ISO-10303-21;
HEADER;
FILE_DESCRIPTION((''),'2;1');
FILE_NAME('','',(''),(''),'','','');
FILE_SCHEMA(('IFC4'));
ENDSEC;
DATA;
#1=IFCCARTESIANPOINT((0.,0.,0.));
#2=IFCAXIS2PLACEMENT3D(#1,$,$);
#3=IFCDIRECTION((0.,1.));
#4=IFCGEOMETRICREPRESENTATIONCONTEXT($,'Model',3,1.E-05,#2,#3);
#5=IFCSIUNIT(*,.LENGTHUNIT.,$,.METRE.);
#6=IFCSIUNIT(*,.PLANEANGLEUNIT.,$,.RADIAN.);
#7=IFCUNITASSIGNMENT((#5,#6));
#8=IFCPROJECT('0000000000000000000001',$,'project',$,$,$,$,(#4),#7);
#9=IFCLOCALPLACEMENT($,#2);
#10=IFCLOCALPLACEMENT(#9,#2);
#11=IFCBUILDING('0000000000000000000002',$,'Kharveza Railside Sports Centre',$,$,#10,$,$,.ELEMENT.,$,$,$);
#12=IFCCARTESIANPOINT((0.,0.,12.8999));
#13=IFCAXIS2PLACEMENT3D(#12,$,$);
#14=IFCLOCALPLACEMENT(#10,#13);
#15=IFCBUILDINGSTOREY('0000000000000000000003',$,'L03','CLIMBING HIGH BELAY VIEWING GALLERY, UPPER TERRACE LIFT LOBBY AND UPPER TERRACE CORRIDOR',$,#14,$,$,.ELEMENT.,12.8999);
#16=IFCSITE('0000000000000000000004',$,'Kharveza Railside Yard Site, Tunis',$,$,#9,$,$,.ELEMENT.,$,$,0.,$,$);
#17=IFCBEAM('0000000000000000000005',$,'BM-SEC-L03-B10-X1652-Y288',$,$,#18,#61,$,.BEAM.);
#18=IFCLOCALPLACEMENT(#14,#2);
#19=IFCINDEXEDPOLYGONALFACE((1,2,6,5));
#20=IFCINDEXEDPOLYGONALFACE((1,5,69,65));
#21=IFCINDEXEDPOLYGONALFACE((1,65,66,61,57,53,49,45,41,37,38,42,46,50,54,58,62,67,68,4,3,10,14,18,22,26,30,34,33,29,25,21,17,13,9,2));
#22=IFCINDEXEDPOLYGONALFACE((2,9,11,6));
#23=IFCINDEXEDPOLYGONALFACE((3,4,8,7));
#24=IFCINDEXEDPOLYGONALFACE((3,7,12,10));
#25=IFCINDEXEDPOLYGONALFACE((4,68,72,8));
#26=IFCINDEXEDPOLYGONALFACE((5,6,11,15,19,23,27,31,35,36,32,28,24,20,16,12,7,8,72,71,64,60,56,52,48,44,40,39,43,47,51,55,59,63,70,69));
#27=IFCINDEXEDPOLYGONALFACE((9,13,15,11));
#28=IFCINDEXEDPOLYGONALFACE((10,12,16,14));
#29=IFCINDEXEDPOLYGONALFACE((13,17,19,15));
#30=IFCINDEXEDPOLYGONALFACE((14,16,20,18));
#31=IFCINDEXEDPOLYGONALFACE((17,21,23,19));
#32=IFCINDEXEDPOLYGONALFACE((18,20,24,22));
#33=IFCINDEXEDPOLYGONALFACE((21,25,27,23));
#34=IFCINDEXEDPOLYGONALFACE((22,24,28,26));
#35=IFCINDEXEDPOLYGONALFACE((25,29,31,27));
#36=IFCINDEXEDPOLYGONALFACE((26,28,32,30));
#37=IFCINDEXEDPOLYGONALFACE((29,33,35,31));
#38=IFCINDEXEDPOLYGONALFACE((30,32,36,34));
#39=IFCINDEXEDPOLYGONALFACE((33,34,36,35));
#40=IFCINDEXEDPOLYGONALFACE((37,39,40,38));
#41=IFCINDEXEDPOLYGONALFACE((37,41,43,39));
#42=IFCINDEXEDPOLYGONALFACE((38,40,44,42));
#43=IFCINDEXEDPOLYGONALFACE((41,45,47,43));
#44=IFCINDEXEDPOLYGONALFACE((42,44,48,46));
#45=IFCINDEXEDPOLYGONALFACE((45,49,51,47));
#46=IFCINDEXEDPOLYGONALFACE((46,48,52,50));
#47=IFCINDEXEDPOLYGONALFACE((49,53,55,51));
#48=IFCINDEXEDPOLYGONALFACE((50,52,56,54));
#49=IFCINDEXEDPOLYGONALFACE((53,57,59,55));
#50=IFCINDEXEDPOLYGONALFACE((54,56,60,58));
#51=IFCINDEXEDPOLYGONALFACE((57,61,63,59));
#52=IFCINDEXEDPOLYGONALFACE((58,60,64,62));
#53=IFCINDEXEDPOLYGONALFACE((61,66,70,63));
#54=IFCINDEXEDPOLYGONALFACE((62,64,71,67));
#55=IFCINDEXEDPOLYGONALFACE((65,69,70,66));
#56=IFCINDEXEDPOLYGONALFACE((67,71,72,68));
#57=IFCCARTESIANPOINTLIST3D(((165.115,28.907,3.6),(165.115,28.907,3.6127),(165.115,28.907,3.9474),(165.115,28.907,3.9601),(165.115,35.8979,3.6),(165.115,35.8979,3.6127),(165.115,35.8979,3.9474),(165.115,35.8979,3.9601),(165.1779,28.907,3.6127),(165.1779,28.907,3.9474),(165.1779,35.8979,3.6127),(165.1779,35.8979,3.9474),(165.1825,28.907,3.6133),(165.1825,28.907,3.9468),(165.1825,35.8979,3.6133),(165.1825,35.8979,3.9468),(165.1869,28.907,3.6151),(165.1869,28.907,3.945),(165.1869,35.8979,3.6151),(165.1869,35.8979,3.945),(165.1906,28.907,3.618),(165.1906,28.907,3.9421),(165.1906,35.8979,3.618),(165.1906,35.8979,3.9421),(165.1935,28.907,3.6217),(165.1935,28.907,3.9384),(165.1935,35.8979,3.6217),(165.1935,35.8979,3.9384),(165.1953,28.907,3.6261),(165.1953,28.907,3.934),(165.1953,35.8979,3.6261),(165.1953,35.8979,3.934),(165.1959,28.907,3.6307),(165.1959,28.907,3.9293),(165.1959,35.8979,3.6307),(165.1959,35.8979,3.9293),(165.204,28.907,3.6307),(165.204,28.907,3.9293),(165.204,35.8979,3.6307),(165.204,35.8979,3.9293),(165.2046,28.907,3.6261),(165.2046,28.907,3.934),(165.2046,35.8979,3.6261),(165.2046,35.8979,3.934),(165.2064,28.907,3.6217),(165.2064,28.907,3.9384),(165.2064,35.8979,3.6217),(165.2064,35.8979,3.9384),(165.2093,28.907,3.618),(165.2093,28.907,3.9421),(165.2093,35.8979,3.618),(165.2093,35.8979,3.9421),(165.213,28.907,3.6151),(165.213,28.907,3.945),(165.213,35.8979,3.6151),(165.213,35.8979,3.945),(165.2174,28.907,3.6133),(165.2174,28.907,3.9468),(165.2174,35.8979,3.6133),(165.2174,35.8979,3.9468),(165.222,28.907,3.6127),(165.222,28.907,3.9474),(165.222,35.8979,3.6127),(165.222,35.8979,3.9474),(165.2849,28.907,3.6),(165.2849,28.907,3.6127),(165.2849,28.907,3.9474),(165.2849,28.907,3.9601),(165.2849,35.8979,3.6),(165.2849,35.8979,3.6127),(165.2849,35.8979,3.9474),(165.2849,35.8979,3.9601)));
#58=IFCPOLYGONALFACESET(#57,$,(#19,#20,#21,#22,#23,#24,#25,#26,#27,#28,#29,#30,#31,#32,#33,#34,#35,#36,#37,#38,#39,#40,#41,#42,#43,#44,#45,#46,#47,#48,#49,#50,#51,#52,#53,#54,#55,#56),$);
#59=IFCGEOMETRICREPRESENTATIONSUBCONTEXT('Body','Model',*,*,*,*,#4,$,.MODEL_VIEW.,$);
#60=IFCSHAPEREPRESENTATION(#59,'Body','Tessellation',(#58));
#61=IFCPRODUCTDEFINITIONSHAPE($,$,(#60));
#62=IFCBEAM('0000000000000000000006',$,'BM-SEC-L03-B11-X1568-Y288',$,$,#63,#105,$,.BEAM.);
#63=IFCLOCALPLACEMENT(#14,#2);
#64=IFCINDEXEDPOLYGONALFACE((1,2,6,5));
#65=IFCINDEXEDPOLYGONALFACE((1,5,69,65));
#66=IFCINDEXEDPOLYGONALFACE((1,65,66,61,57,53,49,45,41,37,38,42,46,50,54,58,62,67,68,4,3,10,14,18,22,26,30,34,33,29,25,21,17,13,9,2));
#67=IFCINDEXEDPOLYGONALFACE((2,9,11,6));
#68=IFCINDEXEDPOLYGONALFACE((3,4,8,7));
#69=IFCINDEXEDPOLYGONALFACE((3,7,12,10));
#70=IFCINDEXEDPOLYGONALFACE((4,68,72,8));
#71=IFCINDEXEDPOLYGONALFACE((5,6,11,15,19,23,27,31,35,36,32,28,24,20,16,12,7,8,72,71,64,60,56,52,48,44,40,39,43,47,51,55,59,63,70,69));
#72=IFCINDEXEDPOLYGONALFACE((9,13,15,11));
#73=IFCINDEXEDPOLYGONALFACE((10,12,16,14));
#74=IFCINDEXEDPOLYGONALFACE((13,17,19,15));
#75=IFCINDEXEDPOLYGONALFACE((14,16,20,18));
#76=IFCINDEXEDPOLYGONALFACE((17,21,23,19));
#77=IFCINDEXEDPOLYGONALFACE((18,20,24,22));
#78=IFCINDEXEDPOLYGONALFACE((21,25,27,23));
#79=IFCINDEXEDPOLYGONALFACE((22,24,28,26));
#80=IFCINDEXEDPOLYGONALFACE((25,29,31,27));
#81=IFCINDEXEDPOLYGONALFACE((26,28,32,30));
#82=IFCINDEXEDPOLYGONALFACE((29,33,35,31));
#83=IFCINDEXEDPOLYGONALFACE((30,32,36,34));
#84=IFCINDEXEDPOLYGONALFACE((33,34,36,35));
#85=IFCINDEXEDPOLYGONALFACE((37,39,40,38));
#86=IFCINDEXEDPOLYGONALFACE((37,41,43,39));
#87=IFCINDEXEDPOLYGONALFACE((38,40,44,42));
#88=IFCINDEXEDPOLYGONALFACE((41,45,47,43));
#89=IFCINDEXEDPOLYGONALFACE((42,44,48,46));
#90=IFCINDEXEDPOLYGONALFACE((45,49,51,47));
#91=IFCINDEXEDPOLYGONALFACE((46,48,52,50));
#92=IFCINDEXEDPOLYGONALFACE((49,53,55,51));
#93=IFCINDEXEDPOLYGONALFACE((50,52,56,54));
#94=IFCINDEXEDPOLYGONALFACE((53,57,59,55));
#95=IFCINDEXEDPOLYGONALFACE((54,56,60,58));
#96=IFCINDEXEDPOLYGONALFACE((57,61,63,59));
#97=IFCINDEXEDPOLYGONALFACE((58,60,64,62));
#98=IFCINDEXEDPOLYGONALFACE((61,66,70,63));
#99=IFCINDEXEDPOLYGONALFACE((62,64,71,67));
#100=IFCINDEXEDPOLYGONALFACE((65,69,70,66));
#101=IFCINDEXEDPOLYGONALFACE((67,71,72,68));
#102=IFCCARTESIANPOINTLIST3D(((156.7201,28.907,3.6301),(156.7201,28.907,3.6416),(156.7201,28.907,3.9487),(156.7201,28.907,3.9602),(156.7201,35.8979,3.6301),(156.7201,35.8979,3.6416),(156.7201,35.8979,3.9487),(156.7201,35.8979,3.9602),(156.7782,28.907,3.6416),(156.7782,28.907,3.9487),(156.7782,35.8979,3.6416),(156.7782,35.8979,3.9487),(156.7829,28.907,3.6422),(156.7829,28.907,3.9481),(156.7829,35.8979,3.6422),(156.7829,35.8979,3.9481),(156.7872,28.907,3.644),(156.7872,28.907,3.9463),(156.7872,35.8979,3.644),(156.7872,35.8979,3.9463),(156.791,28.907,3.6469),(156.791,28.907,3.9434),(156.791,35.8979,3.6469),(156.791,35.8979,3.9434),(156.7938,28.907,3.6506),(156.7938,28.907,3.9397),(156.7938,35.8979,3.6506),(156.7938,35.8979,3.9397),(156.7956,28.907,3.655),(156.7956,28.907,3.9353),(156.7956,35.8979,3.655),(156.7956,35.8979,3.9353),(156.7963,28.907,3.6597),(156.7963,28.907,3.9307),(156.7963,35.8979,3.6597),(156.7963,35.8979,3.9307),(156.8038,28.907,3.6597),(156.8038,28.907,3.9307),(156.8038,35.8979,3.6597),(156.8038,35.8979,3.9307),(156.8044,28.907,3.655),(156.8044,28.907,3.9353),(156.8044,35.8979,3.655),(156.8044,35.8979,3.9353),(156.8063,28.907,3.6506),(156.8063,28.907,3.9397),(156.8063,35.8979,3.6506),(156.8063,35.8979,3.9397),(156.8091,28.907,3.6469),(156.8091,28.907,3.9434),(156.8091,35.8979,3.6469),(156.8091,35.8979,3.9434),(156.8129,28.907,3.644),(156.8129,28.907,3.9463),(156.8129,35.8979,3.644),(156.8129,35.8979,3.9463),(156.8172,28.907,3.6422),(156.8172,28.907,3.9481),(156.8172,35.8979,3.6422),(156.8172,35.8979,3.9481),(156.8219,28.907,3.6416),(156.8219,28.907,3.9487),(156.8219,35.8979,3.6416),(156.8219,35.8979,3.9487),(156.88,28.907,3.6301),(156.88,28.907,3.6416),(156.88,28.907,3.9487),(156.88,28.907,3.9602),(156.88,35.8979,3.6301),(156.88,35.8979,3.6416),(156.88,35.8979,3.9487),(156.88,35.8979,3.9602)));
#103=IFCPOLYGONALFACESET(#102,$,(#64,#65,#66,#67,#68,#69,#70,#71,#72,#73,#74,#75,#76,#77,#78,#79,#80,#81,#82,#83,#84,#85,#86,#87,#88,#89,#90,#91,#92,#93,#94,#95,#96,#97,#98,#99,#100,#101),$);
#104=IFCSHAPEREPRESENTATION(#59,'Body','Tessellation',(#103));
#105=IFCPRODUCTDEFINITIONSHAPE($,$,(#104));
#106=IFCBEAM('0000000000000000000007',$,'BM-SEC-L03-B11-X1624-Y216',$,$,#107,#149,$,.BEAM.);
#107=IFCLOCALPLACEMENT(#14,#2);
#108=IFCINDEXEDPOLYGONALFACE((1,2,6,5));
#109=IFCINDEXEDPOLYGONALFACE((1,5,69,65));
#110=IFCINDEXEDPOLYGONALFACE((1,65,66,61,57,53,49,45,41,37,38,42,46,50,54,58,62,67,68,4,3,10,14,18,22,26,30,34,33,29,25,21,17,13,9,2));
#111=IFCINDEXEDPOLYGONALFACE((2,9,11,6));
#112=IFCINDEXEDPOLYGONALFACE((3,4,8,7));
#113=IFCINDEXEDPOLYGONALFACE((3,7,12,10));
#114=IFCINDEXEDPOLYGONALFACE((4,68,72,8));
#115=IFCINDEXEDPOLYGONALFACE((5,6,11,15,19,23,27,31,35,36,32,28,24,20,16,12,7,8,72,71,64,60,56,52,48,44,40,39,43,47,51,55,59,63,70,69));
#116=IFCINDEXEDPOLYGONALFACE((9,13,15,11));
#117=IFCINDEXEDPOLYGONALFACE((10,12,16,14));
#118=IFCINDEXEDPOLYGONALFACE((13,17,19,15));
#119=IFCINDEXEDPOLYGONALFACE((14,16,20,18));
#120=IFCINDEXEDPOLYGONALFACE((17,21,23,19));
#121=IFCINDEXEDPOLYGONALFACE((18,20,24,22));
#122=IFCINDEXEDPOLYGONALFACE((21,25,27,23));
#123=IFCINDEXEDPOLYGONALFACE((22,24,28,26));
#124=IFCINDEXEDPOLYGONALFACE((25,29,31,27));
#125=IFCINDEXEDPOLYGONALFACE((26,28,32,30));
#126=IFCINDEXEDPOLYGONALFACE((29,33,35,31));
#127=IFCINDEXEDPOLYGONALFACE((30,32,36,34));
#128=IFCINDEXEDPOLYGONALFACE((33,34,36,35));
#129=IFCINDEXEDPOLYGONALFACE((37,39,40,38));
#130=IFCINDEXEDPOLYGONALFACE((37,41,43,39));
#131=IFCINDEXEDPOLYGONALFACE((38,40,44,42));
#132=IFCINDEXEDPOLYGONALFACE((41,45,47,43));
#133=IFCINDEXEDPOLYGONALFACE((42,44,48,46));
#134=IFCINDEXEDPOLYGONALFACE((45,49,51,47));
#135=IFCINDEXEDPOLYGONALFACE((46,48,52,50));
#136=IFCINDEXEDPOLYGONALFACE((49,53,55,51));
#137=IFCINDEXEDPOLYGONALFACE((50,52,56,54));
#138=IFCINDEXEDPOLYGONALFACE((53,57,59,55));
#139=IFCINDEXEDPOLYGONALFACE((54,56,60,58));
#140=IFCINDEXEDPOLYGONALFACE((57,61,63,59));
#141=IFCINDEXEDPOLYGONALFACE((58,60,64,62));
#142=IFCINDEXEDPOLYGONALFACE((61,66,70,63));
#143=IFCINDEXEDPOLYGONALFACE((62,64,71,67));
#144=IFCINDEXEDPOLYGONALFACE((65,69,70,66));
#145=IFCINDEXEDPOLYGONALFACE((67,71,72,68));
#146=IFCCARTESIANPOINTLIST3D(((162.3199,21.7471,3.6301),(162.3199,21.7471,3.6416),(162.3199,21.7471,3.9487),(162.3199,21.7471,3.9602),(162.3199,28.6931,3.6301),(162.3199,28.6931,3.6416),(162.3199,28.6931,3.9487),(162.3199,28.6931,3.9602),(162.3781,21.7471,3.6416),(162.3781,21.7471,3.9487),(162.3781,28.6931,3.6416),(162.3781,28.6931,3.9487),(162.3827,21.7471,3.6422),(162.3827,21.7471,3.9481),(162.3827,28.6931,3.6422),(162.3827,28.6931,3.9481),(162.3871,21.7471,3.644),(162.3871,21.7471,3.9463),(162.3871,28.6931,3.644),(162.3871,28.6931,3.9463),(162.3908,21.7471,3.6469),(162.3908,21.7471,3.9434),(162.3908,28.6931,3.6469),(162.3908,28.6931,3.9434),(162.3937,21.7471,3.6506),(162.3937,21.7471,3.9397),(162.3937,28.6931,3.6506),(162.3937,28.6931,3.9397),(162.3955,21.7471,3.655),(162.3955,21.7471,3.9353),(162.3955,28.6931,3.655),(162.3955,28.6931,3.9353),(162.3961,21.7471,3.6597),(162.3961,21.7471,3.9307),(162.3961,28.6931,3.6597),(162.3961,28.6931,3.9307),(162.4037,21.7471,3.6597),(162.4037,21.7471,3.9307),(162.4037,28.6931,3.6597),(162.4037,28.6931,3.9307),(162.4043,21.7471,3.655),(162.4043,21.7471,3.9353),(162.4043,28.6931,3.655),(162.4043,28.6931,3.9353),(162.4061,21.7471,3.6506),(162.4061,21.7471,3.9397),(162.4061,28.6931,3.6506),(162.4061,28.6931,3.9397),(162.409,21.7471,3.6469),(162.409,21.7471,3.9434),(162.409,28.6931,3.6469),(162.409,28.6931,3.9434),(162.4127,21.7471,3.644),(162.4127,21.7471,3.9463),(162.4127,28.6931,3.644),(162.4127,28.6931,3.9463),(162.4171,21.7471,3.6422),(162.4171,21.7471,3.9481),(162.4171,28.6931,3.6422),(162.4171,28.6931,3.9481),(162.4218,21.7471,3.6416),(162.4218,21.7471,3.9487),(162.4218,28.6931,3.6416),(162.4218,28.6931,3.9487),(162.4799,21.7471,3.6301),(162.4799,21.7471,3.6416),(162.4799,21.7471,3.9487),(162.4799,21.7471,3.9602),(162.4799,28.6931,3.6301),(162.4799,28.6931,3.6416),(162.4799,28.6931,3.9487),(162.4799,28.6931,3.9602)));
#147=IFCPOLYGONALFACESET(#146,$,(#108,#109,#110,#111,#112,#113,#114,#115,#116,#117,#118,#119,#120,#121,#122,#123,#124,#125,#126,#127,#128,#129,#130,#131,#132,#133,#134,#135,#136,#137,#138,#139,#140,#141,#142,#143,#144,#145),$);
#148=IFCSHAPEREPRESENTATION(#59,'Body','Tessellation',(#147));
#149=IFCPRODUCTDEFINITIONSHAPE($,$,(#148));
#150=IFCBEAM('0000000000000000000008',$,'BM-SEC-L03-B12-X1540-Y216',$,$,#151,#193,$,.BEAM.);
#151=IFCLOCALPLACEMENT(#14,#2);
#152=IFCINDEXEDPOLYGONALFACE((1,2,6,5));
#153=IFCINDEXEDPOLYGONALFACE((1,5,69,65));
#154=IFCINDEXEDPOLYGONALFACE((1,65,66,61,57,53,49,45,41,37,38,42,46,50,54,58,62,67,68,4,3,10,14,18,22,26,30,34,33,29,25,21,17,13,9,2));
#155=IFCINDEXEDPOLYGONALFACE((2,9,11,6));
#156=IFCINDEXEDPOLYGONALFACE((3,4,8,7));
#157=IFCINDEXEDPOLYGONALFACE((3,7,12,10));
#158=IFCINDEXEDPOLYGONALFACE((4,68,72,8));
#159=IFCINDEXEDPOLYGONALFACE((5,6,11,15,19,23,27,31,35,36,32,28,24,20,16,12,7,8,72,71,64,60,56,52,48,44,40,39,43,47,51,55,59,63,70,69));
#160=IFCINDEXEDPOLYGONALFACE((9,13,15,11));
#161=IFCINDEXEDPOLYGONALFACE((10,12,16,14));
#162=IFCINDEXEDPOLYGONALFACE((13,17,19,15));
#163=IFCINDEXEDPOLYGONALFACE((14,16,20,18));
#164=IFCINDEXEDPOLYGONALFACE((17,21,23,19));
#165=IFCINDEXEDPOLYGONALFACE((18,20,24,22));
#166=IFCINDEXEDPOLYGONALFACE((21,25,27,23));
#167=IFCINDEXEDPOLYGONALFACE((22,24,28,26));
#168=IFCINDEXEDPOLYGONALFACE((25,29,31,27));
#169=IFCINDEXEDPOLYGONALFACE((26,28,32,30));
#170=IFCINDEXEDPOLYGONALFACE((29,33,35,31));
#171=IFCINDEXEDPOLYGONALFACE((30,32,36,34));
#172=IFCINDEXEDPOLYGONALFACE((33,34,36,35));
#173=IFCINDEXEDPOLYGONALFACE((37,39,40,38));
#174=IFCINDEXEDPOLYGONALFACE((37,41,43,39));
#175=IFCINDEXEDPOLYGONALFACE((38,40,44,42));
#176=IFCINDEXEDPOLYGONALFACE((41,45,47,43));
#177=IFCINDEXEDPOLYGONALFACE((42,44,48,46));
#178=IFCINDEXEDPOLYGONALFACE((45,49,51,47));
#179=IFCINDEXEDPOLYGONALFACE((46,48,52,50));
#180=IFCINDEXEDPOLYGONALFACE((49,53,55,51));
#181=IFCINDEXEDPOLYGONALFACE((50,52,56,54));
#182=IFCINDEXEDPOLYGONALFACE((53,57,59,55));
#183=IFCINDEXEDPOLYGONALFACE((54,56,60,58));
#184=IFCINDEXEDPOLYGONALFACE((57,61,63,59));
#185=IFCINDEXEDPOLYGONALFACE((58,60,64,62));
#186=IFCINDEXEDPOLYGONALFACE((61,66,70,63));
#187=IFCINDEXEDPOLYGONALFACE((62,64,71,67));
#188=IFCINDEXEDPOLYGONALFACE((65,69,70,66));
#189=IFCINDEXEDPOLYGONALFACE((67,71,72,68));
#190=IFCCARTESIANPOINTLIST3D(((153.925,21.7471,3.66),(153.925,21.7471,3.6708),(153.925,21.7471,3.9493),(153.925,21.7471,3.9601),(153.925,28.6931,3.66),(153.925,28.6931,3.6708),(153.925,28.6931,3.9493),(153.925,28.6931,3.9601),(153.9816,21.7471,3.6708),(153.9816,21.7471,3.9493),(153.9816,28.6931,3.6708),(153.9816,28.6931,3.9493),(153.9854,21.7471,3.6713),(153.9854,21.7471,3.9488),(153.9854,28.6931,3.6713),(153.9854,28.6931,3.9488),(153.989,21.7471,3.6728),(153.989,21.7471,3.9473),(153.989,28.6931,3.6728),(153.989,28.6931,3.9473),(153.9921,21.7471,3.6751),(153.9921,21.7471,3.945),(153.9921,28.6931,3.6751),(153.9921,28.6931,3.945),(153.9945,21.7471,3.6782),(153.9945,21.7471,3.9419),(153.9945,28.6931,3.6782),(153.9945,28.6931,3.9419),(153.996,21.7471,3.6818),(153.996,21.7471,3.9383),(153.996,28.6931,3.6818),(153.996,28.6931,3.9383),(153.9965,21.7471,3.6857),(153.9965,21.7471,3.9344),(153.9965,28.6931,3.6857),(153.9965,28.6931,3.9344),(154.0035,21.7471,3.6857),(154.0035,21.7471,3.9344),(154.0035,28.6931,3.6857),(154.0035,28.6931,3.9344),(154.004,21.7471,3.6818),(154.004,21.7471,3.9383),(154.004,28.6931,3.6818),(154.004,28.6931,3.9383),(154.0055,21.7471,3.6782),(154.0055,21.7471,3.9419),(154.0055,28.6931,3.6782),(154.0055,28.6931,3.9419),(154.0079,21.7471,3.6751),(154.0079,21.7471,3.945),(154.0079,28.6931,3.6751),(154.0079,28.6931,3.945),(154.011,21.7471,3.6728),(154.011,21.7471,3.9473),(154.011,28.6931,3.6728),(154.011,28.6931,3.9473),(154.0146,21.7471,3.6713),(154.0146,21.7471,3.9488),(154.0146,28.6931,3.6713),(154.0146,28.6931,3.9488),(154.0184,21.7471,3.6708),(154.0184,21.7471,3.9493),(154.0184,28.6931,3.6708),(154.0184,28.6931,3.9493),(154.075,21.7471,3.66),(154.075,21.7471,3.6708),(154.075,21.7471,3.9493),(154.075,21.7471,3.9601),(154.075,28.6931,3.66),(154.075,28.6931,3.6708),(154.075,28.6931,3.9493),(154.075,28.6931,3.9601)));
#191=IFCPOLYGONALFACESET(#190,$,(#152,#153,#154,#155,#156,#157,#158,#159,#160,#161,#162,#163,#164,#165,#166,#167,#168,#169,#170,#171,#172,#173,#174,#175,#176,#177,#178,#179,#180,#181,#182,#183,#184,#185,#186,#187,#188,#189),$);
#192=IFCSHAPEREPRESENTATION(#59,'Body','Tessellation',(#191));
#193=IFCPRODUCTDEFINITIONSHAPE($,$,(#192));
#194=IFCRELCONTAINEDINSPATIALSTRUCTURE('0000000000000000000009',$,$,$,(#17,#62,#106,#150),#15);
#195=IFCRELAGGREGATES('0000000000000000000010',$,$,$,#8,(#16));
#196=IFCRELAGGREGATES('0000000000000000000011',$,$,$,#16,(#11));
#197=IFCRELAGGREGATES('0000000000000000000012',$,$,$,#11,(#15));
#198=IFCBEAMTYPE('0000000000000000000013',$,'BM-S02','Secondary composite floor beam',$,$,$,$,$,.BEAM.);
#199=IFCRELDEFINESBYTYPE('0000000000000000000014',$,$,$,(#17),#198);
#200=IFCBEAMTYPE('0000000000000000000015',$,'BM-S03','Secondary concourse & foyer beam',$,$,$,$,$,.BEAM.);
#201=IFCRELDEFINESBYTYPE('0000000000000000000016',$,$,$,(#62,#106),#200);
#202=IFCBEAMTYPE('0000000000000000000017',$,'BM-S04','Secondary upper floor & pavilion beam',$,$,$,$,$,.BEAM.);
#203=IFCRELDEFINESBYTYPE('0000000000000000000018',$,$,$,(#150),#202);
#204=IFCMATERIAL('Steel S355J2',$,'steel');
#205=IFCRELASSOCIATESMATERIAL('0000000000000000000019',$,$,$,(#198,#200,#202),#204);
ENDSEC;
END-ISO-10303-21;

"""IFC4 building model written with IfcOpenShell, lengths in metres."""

from ifc_helpers import new_model, si_unit, direction, frame, origin, origin_2d, place, context, subcontext, project, spatial, i_section, extrude, material, material_profile, profile_set, type_object, element, save


model = new_model("IFC4")

# Units and contexts
model_context = context("Model", 3, precision=1e-05, world=origin(), true_north=direction((0.0, 1.0)))
body_context = subcontext(model_context, "Body", "Model", "MODEL_VIEW")
ifc_project = project(units=[si_unit("LENGTHUNIT", "METRE"), si_unit("PLANEANGLEUNIT", "RADIAN")], contexts=[model_context])

# Site, building, storey
site_placement = place(None, origin())
site = spatial("IfcSite", under=ifc_project, at=site_placement, Name="Kharveza Railside Yard Site, Tunis", CompositionType="ELEMENT", RefElevation=0.0)
building_placement = place(site_placement, origin())
building = spatial("IfcBuilding", under=site, at=building_placement, Name="Kharveza Railside Sports Centre", CompositionType="ELEMENT")
storey_placement = place(building_placement, frame((0.0, 0.0, 12.8999)))
storey = spatial("IfcBuildingStorey", under=building, at=storey_placement, Name="L03", Description="CLIMBING HIGH BELAY VIEWING GALLERY, UPPER TERRACE LIFT LOBBY AND UPPER TERRACE CORRIDOR", CompositionType="ELEMENT", Elevation=12.8999)

# Shared definitions
ifc_material_1 = material(Name="Steel S355J2", Category="steel")

# Beams
ifc_material_profile_1 = material_profile(ifc_material_1, i_section(OverallWidth=0.1699, OverallDepth=0.3601, WebThickness=0.0081, FlangeThickness=0.0127, FilletRadius=0.0181, at=origin_2d()), Name="IPE 360")
ifc_profile_set_1 = profile_set([ifc_material_profile_1], Name="Steel S355J2")
beam_type_1 = type_object("IfcBeamType", Name="BM-S02", Description="Secondary composite floor beam", PredefinedType="BEAM", material=ifc_profile_set_1)
beam_1_placement = place(storey_placement, frame((165.2, 28.907, 3.78), z_axis=(0.0, 1.0, 0.0), x_axis=(-1.0, 0.0, 0.0)))
element("IfcBeam", 1, at=beam_1_placement, inside=storey, type_object=beam_type_1, Name="BM-SEC-L03-B10-X1652-Y288", PredefinedType="BEAM", context=body_context, shape_type="SweptSolid", body=[
    extrude(i_section(OverallWidth=0.1699, OverallDepth=0.3601, WebThickness=0.0081, FlangeThickness=0.0127, FilletRadius=0.0181, at=origin_2d()), origin(), (0.0, 0.0, 1.0), 6.991),
])
ifc_material_profile_2 = material_profile(ifc_material_1, i_section(OverallWidth=0.1599, OverallDepth=0.3301, WebThickness=0.0076, FlangeThickness=0.0115, FilletRadius=0.0181, at=origin_2d()), Name="IPE 330")
ifc_profile_set_2 = profile_set([ifc_material_profile_2], Name="Steel S355J2")
beam_type_2 = type_object("IfcBeamType", Name="BM-S03", Description="Secondary concourse & foyer beam", PredefinedType="BEAM", material=ifc_profile_set_2)
beam_2_placement = place(storey_placement, frame((156.8, 28.907, 3.7952), z_axis=(0.0, 1.0, 0.0), x_axis=(-1.0, 0.0, 0.0)))
element("IfcBeam", 2, at=beam_2_placement, inside=storey, type_object=beam_type_2, Name="BM-SEC-L03-B11-X1568-Y288", PredefinedType="BEAM", context=body_context, shape_type="SweptSolid", body=[
    extrude(i_section(OverallWidth=0.1599, OverallDepth=0.3301, WebThickness=0.0076, FlangeThickness=0.0115, FilletRadius=0.0181, at=origin_2d()), origin(), (0.0, 0.0, 1.0), 6.991),
])
beam_3_placement = place(storey_placement, frame((162.3999, 21.7471, 3.7952), z_axis=(0.0, 1.0, 0.0), x_axis=(-1.0, 0.0, 0.0)))
element("IfcBeam", 3, at=beam_3_placement, inside=storey, type_object=beam_type_2, Name="BM-SEC-L03-B11-X1624-Y216", PredefinedType="BEAM", context=body_context, shape_type="SweptSolid", body=[
    extrude(i_section(OverallWidth=0.1599, OverallDepth=0.3301, WebThickness=0.0076, FlangeThickness=0.0115, FilletRadius=0.0181, at=origin_2d()), origin(), (0.0, 0.0, 1.0), 6.946),
])
ifc_material_profile_3 = material_profile(ifc_material_1, i_section(OverallWidth=0.1499, OverallDepth=0.3, WebThickness=0.0071, FlangeThickness=0.0107, FilletRadius=0.0149, at=origin_2d()), Name="IPE 300")
ifc_profile_set_3 = profile_set([ifc_material_profile_3], Name="Steel S355J2")
beam_type_3 = type_object("IfcBeamType", Name="BM-S04", Description="Secondary upper floor & pavilion beam", PredefinedType="BEAM", material=ifc_profile_set_3)
beam_4_placement = place(storey_placement, frame((154.0, 21.7471, 3.8101), z_axis=(0.0, 1.0, 0.0), x_axis=(-1.0, 0.0, 0.0)))
element("IfcBeam", 4, at=beam_4_placement, inside=storey, type_object=beam_type_3, Name="BM-SEC-L03-B12-X1540-Y216", PredefinedType="BEAM", context=body_context, shape_type="SweptSolid", body=[
    extrude(i_section(OverallWidth=0.1499, OverallDepth=0.3, WebThickness=0.0071, FlangeThickness=0.0107, FilletRadius=0.0149, at=origin_2d()), origin(), (0.0, 0.0, 1.0), 6.946),
])

save(model, "model.ifc")
